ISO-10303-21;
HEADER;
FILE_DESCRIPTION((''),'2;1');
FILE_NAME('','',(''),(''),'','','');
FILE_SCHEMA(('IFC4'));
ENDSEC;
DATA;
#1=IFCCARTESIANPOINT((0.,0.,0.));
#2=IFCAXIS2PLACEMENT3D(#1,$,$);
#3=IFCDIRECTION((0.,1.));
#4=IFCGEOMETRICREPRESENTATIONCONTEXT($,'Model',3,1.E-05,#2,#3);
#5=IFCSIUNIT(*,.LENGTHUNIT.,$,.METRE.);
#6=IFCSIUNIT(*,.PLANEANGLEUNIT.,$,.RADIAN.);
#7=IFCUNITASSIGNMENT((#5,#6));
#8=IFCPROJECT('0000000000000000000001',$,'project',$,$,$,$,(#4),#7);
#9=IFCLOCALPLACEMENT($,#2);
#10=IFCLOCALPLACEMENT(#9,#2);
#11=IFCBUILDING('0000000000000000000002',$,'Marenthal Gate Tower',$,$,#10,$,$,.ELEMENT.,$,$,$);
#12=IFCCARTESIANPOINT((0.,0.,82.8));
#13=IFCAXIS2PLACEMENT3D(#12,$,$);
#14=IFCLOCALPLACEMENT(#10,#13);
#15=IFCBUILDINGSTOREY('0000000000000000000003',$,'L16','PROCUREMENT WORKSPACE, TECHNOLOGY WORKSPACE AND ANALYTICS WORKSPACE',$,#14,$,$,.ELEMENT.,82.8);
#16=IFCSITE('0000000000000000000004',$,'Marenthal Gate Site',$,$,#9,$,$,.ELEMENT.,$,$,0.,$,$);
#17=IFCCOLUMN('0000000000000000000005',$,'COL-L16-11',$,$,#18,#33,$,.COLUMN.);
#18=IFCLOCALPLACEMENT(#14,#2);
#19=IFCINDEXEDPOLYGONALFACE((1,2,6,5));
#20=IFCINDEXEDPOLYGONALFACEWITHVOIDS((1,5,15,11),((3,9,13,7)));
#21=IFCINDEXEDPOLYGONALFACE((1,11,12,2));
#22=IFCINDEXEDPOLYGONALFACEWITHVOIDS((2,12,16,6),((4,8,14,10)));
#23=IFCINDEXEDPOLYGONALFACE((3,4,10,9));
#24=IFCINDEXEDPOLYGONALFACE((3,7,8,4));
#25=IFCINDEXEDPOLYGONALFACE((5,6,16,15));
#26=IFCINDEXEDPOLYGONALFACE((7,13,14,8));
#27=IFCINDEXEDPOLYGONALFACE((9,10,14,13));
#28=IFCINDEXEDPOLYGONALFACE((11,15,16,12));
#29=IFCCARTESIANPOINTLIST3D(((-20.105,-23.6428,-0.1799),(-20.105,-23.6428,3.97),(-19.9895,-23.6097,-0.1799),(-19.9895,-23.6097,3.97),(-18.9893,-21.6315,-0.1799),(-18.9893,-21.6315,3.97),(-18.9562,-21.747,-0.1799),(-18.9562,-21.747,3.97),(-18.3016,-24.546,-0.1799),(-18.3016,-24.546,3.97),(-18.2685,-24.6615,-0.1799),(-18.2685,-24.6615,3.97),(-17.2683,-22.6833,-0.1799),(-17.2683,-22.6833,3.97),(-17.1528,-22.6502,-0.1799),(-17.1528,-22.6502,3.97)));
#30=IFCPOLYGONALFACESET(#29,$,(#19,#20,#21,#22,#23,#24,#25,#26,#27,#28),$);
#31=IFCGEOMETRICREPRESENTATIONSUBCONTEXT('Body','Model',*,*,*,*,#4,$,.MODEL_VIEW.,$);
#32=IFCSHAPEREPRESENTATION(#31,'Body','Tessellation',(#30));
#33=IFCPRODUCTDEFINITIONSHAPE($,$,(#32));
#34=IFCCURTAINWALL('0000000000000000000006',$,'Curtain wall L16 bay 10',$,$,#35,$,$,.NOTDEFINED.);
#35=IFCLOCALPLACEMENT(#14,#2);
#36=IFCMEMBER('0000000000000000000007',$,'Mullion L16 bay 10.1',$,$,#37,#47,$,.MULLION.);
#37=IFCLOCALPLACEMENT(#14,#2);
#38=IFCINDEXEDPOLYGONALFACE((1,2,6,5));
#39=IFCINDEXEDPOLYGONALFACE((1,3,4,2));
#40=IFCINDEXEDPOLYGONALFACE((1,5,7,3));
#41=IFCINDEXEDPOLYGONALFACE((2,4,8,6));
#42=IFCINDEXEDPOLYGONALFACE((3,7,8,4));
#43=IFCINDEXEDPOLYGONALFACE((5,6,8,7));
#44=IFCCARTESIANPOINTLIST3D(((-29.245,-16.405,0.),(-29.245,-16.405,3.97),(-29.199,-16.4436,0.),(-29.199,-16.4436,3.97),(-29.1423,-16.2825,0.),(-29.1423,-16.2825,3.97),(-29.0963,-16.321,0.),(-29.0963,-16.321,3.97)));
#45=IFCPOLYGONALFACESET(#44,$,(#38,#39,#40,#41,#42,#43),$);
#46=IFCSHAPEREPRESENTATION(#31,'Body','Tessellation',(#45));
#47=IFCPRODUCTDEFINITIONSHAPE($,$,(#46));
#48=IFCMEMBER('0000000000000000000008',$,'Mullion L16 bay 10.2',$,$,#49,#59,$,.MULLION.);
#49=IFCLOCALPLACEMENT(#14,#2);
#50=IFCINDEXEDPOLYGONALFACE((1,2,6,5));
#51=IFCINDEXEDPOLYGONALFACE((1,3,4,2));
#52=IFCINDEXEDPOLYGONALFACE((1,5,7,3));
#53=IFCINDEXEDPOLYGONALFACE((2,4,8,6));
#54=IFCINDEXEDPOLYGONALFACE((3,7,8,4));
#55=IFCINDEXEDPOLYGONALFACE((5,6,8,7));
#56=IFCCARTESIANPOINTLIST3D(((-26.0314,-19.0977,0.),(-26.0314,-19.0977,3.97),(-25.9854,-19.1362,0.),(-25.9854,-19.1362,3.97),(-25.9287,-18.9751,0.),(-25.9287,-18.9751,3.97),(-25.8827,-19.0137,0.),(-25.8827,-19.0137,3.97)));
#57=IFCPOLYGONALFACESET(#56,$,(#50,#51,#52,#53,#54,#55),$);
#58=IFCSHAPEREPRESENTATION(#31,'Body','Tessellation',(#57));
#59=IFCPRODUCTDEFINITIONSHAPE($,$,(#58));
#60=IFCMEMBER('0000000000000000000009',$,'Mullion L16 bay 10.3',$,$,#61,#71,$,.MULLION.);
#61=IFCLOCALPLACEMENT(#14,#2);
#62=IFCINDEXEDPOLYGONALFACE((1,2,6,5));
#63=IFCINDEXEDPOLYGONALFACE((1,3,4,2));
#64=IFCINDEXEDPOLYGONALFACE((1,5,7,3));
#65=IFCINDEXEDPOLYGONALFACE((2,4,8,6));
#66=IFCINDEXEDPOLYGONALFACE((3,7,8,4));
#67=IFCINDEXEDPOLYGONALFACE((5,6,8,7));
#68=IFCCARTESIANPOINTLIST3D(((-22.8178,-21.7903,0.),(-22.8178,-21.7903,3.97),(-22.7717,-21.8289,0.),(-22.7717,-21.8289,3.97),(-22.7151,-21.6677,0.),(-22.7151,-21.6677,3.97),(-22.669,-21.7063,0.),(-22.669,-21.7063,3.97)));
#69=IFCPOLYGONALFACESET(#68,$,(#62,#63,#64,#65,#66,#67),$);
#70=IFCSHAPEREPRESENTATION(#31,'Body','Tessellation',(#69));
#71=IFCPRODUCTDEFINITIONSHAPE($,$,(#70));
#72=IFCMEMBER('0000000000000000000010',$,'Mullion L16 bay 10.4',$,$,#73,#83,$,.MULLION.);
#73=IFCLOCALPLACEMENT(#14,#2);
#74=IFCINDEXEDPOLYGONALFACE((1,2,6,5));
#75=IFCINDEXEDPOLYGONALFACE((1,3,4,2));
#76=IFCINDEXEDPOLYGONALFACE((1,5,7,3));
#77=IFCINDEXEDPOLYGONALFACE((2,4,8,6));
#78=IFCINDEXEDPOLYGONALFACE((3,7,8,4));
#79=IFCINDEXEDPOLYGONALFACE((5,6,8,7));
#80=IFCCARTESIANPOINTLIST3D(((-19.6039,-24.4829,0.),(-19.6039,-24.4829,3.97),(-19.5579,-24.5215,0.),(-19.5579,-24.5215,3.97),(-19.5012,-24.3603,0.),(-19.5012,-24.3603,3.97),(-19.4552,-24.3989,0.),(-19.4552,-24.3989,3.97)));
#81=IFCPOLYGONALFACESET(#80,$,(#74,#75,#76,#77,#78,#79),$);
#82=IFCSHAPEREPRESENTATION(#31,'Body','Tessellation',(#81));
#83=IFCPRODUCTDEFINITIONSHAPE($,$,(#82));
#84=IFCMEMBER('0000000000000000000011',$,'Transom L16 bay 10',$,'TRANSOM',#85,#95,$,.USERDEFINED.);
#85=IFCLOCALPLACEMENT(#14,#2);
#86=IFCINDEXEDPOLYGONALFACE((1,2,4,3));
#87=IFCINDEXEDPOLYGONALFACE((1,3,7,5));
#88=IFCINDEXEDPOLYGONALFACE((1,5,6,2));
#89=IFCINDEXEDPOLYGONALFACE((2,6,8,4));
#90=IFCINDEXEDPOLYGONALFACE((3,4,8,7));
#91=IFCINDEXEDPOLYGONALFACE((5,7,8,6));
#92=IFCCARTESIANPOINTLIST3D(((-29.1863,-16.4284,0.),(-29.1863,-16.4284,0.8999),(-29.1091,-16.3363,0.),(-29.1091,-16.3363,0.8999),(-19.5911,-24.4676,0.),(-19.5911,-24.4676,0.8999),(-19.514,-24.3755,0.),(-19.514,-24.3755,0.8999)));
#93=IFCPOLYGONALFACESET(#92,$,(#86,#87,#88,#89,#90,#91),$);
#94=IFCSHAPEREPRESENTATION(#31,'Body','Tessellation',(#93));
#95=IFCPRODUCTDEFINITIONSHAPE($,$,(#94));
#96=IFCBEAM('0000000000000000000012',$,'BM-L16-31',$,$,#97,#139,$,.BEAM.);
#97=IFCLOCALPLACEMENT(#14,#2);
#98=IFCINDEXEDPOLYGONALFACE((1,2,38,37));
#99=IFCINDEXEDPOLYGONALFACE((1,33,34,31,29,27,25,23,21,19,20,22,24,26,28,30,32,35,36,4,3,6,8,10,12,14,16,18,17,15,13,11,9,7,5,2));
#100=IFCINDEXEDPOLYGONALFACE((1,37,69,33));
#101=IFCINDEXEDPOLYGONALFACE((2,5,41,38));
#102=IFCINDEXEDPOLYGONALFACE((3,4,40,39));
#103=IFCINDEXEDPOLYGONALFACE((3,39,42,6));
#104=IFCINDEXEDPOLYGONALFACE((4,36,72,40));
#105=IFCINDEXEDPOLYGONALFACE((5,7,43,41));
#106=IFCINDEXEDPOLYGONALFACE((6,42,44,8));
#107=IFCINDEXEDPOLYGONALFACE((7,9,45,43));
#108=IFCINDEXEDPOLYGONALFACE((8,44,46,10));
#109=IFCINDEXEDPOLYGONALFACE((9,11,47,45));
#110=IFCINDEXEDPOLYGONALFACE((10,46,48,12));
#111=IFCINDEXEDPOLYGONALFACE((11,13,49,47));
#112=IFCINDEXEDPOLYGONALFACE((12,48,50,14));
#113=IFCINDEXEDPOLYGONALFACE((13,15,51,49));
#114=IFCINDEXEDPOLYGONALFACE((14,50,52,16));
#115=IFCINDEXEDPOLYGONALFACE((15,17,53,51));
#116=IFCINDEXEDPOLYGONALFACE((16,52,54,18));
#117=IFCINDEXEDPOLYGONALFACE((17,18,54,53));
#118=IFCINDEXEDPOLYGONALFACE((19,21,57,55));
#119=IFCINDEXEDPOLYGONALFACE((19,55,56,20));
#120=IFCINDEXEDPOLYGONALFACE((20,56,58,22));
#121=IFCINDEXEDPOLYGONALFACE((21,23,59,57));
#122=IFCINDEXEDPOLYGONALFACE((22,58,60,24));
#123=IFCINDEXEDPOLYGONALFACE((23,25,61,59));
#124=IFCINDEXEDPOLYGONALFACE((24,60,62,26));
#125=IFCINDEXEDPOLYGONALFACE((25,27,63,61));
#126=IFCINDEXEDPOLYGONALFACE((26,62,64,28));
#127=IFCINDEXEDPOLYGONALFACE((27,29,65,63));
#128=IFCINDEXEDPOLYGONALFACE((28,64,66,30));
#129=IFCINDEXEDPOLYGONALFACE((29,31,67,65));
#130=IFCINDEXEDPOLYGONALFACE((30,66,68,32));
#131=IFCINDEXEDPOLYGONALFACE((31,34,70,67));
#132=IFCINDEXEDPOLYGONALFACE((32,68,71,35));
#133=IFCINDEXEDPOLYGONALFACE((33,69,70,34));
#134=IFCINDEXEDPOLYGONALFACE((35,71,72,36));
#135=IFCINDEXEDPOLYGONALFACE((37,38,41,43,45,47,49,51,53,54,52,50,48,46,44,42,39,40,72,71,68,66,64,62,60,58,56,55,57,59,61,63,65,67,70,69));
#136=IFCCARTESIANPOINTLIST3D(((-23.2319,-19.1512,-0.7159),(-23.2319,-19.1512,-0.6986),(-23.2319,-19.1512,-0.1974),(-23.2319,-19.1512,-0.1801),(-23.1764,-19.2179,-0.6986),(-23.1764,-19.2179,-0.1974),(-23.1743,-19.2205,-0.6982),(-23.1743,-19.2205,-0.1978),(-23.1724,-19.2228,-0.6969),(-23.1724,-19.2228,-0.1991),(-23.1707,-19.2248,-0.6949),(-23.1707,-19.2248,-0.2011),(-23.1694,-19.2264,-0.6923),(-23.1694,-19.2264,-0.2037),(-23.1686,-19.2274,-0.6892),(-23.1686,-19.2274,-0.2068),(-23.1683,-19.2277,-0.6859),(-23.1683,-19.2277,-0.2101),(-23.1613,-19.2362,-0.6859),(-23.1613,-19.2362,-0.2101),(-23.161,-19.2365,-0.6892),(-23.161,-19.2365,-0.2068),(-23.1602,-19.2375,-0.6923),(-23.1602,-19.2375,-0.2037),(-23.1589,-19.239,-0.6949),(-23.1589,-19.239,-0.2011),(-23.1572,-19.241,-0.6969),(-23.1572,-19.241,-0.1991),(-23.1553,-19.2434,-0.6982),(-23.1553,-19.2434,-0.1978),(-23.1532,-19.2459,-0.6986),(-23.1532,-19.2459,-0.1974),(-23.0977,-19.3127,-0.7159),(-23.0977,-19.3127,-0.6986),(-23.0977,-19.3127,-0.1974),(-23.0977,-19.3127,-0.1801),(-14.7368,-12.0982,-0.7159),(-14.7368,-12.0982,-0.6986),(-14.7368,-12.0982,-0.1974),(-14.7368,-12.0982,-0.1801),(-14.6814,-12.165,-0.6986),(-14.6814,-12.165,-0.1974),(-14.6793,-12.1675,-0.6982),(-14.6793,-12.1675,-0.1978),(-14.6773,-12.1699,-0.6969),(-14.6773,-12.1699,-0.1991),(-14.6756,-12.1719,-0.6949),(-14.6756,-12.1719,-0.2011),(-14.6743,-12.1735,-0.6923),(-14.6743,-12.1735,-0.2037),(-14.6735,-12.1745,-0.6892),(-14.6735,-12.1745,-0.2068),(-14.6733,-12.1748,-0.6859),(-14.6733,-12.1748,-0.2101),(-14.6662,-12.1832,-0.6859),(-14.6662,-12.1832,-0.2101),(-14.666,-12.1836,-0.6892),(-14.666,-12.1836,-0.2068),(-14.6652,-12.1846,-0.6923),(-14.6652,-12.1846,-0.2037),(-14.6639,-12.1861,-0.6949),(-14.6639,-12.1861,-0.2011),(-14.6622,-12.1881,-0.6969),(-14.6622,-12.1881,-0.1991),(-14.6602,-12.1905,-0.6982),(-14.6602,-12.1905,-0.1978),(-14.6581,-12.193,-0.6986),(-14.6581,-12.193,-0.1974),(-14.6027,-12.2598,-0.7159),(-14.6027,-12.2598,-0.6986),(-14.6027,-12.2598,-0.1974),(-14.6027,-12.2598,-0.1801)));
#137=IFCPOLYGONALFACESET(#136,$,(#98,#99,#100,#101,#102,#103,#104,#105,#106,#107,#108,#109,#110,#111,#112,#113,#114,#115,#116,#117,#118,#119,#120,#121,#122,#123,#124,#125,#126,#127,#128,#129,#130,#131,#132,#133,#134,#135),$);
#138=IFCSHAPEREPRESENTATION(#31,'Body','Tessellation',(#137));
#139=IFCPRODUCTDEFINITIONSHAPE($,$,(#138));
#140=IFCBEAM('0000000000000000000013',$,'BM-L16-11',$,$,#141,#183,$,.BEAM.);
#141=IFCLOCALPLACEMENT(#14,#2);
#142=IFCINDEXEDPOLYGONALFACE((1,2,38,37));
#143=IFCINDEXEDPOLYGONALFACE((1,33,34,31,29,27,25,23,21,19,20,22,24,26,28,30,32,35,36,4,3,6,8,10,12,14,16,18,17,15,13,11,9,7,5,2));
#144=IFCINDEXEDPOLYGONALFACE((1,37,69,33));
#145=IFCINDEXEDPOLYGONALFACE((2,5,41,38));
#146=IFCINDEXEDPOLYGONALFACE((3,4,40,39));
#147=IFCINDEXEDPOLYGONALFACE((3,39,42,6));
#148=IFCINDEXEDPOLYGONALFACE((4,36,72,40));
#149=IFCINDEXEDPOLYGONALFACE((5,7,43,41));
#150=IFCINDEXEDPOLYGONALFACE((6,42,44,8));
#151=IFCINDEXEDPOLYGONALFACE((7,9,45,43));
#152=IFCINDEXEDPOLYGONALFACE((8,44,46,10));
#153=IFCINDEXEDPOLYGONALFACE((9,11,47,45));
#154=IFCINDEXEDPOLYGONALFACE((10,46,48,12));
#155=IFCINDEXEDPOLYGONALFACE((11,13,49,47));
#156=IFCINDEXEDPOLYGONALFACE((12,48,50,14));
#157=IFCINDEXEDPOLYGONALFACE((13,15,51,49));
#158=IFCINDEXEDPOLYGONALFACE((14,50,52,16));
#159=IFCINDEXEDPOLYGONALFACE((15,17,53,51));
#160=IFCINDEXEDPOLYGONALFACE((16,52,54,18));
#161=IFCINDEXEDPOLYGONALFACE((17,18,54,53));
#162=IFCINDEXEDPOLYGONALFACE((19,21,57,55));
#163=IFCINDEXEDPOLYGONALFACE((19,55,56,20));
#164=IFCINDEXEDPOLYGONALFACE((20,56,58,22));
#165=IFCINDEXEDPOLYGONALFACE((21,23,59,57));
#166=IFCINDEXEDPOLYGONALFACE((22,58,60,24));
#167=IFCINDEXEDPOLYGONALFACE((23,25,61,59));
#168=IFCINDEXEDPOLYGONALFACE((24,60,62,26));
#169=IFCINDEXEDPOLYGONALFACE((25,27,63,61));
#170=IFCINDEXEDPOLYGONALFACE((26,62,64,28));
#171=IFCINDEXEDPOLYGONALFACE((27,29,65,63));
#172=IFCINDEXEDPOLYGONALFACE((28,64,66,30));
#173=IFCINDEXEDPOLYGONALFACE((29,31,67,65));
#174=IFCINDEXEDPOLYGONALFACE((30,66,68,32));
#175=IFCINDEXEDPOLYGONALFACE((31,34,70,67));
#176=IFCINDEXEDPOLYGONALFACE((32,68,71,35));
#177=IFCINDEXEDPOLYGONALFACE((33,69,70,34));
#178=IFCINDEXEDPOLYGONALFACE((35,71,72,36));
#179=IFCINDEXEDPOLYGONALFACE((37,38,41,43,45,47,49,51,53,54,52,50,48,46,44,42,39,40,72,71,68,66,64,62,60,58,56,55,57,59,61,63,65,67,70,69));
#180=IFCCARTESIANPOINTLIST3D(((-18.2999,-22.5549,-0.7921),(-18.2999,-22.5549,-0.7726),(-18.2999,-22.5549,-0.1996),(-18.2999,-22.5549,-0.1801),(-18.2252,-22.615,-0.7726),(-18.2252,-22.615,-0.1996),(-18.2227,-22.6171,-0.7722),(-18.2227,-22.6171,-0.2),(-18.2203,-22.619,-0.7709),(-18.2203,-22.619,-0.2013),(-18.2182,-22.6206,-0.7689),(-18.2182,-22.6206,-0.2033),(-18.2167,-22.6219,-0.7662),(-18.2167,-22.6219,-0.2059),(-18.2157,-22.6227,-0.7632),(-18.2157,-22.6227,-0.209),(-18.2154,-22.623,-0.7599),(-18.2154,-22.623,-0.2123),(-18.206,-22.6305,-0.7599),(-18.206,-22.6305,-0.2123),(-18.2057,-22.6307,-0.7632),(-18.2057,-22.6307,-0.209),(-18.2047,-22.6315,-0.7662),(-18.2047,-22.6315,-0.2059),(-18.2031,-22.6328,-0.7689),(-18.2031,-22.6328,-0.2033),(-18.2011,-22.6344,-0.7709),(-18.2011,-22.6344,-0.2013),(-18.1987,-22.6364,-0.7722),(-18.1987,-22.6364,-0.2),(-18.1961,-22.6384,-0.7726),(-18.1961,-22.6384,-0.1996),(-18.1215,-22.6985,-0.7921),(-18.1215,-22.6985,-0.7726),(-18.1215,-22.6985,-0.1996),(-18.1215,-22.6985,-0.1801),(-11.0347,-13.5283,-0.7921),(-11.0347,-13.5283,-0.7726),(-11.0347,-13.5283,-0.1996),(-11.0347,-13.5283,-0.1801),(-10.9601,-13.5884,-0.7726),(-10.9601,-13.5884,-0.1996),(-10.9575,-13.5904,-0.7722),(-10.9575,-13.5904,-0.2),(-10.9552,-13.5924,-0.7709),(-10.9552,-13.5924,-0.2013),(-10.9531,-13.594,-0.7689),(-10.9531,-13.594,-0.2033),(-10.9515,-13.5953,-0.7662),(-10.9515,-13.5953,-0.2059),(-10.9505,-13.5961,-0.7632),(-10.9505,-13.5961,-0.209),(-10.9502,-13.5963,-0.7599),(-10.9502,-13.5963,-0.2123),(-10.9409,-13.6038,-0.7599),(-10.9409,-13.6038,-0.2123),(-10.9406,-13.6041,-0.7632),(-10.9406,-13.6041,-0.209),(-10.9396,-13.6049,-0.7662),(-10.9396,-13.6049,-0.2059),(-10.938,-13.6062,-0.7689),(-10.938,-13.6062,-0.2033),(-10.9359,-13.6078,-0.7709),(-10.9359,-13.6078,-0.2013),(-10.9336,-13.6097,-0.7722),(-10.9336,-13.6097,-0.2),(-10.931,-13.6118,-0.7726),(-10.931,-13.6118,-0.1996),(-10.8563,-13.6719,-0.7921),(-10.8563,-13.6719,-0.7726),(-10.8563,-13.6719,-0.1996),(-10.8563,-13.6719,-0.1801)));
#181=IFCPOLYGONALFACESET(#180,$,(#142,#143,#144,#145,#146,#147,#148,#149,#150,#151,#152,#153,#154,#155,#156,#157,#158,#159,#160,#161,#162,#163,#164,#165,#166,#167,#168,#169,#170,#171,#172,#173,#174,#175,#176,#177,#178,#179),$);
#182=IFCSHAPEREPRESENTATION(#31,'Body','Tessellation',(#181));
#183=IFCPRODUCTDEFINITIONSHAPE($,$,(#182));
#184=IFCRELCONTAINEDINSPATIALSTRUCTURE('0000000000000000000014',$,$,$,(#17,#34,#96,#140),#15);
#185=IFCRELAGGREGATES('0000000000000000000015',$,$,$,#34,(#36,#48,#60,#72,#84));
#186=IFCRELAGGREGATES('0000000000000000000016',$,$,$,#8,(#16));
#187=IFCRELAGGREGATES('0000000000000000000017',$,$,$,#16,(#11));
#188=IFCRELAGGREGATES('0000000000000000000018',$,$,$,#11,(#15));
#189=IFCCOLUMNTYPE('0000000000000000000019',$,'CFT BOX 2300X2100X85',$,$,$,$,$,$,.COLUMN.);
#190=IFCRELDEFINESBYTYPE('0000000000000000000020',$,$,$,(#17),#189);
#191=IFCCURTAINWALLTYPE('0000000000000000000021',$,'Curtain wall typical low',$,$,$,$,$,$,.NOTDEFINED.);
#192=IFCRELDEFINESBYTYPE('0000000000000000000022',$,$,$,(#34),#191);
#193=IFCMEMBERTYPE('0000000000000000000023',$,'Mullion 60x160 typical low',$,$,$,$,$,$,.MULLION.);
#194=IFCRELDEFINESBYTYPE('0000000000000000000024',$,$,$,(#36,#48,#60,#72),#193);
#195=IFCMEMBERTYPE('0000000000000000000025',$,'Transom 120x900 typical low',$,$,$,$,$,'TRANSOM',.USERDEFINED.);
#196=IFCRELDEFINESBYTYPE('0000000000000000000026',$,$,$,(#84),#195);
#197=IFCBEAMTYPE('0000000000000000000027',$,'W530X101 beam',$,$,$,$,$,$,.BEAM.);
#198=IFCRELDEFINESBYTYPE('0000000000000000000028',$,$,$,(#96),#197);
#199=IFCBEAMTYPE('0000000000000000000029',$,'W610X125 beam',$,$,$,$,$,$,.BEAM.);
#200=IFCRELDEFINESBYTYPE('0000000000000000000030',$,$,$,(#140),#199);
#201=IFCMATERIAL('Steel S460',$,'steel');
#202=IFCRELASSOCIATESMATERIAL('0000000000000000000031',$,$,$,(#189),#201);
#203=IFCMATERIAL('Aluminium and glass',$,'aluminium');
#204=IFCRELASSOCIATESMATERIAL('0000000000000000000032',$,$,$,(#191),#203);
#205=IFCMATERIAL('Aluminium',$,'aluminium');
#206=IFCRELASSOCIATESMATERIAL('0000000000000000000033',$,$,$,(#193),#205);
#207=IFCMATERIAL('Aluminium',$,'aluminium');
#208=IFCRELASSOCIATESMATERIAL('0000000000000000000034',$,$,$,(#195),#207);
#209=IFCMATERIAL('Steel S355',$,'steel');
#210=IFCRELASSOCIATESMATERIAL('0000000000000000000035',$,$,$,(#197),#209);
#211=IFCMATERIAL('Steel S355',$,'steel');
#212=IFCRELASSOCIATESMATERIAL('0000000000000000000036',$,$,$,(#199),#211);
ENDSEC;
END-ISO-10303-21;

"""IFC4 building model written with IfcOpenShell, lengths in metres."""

from ifc_helpers import new_model, si_unit, direction, frame, origin, origin_2d, place, context, subcontext, project, spatial, rectangle, hollow_rectangle, i_section, extrude, material, material_profile, profile_set, type_object, element, aggregate, save


model = new_model("IFC4")

# Units and contexts
model_context = context("Model", 3, precision=1e-05, world=origin(), true_north=direction((0.0, 1.0)))
body_context = subcontext(model_context, "Body", "Model", "MODEL_VIEW")
ifc_project = project(units=[si_unit("LENGTHUNIT", "METRE"), si_unit("PLANEANGLEUNIT", "RADIAN")], contexts=[model_context])

# Site, building, storey
site_placement = place(None, origin())
site = spatial("IfcSite", under=ifc_project, at=site_placement, Name="Marenthal Gate Site", CompositionType="ELEMENT", RefElevation=0.0)
building_placement = place(site_placement, origin())
building = spatial("IfcBuilding", under=site, at=building_placement, Name="Marenthal Gate Tower", CompositionType="ELEMENT")
storey_placement = place(building_placement, frame((0.0, 0.0, 82.8)))
storey = spatial("IfcBuildingStorey", under=building, at=storey_placement, Name="L16", Description="PROCUREMENT WORKSPACE, TECHNOLOGY WORKSPACE AND ANALYTICS WORKSPACE", CompositionType="ELEMENT", Elevation=82.8)

# Column
ifc_material_1 = material(Name="Steel S460", Category="steel")
ifc_material_profile_1 = material_profile(ifc_material_1, hollow_rectangle(XDim=2.1001, YDim=2.3, WallThickness=0.085, at=origin_2d()), Name="CFT BOX 2300X2100X85")
ifc_material_2 = material(Name="Concrete 70 MPa", Category="concrete")
ifc_material_profile_2 = material_profile(ifc_material_2, rectangle(XDim=1.9299, YDim=2.1299, at=origin_2d()), Name="CFT BOX 2300X2100X85 INFILL")
ifc_profile_set_1 = profile_set([ifc_material_profile_1, ifc_material_profile_2], Name="Steel S460 shell, Concrete 70 MPa infill")
column_type = type_object("IfcColumnType", Name="CFT BOX 2300X2100X85", PredefinedType="COLUMN", material=ifc_profile_set_1)
column_placement = place(storey_placement, frame((-18.6289, -23.1465, -0.1799), z_axis=(0.0, 0.0, 1.0), x_axis=(-0.874462, 0.485094, 0.0)))
element("IfcColumn", 1, at=column_placement, inside=storey, type_object=column_type, Name="COL-L16-11", PredefinedType="COLUMN", context=body_context, shape_type="SweptSolid", body=[
    extrude(hollow_rectangle(XDim=2.1001, YDim=2.3, WallThickness=0.085, at=origin_2d()), origin(), (0.0, 0.0, 1.0), 4.1499),
])

# Curtain wall, members
ifc_material_3 = material(Name="Aluminium and glass", Category="aluminium")
curtain_wall_type = type_object("IfcCurtainWallType", Name="Curtain wall typical low", PredefinedType="NOTDEFINED", material=ifc_material_3)
curtain_wall_placement = place(storey_placement, origin())
curtain_wall = element("IfcCurtainWall", 2, at=curtain_wall_placement, inside=storey, type_object=curtain_wall_type, Name="Curtain wall L16 bay 10", PredefinedType="NOTDEFINED")
ifc_material_4 = material(Name="Aluminium", Category="aluminium")
ifc_material_profile_3 = material_profile(ifc_material_4, rectangle(XDim=0.1599, YDim=0.0601, at=origin_2d()), Name="60x160 aluminium mullion")
ifc_profile_set_2 = profile_set([ifc_material_profile_3], Name="Aluminium")
member_type_1 = type_object("IfcMemberType", Name="Mullion 60x160 typical low", PredefinedType="MULLION", material=ifc_profile_set_2)
member_1_placement = place(storey_placement, frame((-29.1707, -16.363, 0.0), z_axis=(0.0, 0.0, 1.0), x_axis=(0.642228, 0.766513, 0.0)))
member_1 = element("IfcMember", 3, at=member_1_placement, type_object=member_type_1, Name="Mullion L16 bay 10.1", PredefinedType="MULLION", context=body_context, shape_type="SweptSolid", body=[
    extrude(rectangle(XDim=0.1599, YDim=0.0601, at=origin_2d()), origin(), (0.0, 0.0, 1.0), 3.97),
])
member_2_placement = place(storey_placement, frame((-25.957, -19.0557, 0.0), z_axis=(0.0, 0.0, 1.0), x_axis=(0.642228, 0.766513, 0.0)))
member_2 = element("IfcMember", 4, at=member_2_placement, type_object=member_type_1, Name="Mullion L16 bay 10.2", PredefinedType="MULLION", context=body_context, shape_type="SweptSolid", body=[
    extrude(rectangle(XDim=0.1599, YDim=0.0601, at=origin_2d()), origin(), (0.0, 0.0, 1.0), 3.97),
])
member_3_placement = place(storey_placement, frame((-22.7434, -21.7483, 0.0), z_axis=(0.0, 0.0, 1.0), x_axis=(0.642228, 0.766513, 0.0)))
member_3 = element("IfcMember", 5, at=member_3_placement, type_object=member_type_1, Name="Mullion L16 bay 10.3", PredefinedType="MULLION", context=body_context, shape_type="SweptSolid", body=[
    extrude(rectangle(XDim=0.1599, YDim=0.0601, at=origin_2d()), origin(), (0.0, 0.0, 1.0), 3.97),
])
member_4_placement = place(storey_placement, frame((-19.5295, -24.4409, 0.0), z_axis=(0.0, 0.0, 1.0), x_axis=(0.642228, 0.766513, 0.0)))
member_4 = element("IfcMember", 6, at=member_4_placement, type_object=member_type_1, Name="Mullion L16 bay 10.4", PredefinedType="MULLION", context=body_context, shape_type="SweptSolid", body=[
    extrude(rectangle(XDim=0.1599, YDim=0.0601, at=origin_2d()), origin(), (0.0, 0.0, 1.0), 3.97),
])
ifc_material_5 = material(Name="Aluminium", Category="aluminium")
ifc_material_profile_4 = material_profile(ifc_material_5, rectangle(XDim=0.1201, YDim=0.8999, at=origin_2d()), Name="120x900 aluminium transom")
ifc_profile_set_3 = profile_set([ifc_material_profile_4], Name="Aluminium")
member_type_2 = type_object("IfcMemberType", Name="Transom 120x900 typical low", ElementType="TRANSOM", PredefinedType="USERDEFINED", material=ifc_profile_set_3)
member_5_placement = place(storey_placement, frame((-29.1477, -16.3823, 0.45), z_axis=(0.766518, -0.642223, 0.0), x_axis=(0.642223, 0.766518, 0.0)))
member_5 = element("IfcMember", 7, at=member_5_placement, type_object=member_type_2, Name="Transom L16 bay 10", ObjectType="TRANSOM", PredefinedType="USERDEFINED", context=body_context, shape_type="SweptSolid", body=[
    extrude(rectangle(XDim=0.1201, YDim=0.8999, at=origin_2d()), origin(), (0.0, 0.0, 1.0), 12.5178),
])

# Beams
ifc_material_6 = material(Name="Steel S355", Category="steel")
ifc_material_profile_5 = material_profile(ifc_material_6, i_section(OverallWidth=0.21, OverallDepth=0.5359, WebThickness=0.011, FlangeThickness=0.0173, FilletRadius=0.0127, at=origin_2d()), Name="W530X101")
ifc_profile_set_4 = profile_set([ifc_material_profile_5], Name="Steel S355")
beam_type_1 = type_object("IfcBeamType", Name="W530X101 beam", PredefinedType="BEAM", material=ifc_profile_set_4)
beam_1_placement = place(storey_placement, frame((-23.1648, -19.2319, -0.448), z_axis=(0.769391, 0.638778, 0.0), x_axis=(-0.638778, 0.769391, 0.0)))
element("IfcBeam", 8, at=beam_1_placement, inside=storey, type_object=beam_type_1, Name="BM-L16-31", PredefinedType="BEAM", context=body_context, shape_type="SweptSolid", body=[
    extrude(i_section(OverallWidth=0.21, OverallDepth=0.5359, WebThickness=0.011, FlangeThickness=0.0173, FilletRadius=0.0127, at=origin_2d()), origin(), (0.0, 0.0, 1.0), 11.0413),
])
ifc_material_7 = material(Name="Steel S355", Category="steel")
ifc_material_profile_6 = material_profile(ifc_material_7, i_section(OverallWidth=0.229, OverallDepth=0.6121, WebThickness=0.012, FlangeThickness=0.0195, FilletRadius=0.0127, at=origin_2d()), Name="W610X125")
ifc_profile_set_5 = profile_set([ifc_material_profile_6], Name="Steel S355")
beam_type_2 = type_object("IfcBeamType", Name="W610X125 beam", PredefinedType="BEAM", material=ifc_profile_set_5)
beam_2_placement = place(storey_placement, frame((-18.2107, -22.6267, -0.4861), z_axis=(0.627, 0.779019, 0.0), x_axis=(-0.779019, 0.627, 0.0)))
element("IfcBeam", 9, at=beam_2_placement, inside=storey, type_object=beam_type_2, Name="BM-L16-11", PredefinedType="BEAM", context=body_context, shape_type="SweptSolid", body=[
    extrude(i_section(OverallWidth=0.229, OverallDepth=0.6121, WebThickness=0.012, FlangeThickness=0.0195, FilletRadius=0.0127, at=origin_2d()), origin(), (0.0, 0.0, 1.0), 11.5872),
])

aggregate(curtain_wall, [member_1, member_2, member_3, member_4, member_5])

save(model, "model.ifc")
